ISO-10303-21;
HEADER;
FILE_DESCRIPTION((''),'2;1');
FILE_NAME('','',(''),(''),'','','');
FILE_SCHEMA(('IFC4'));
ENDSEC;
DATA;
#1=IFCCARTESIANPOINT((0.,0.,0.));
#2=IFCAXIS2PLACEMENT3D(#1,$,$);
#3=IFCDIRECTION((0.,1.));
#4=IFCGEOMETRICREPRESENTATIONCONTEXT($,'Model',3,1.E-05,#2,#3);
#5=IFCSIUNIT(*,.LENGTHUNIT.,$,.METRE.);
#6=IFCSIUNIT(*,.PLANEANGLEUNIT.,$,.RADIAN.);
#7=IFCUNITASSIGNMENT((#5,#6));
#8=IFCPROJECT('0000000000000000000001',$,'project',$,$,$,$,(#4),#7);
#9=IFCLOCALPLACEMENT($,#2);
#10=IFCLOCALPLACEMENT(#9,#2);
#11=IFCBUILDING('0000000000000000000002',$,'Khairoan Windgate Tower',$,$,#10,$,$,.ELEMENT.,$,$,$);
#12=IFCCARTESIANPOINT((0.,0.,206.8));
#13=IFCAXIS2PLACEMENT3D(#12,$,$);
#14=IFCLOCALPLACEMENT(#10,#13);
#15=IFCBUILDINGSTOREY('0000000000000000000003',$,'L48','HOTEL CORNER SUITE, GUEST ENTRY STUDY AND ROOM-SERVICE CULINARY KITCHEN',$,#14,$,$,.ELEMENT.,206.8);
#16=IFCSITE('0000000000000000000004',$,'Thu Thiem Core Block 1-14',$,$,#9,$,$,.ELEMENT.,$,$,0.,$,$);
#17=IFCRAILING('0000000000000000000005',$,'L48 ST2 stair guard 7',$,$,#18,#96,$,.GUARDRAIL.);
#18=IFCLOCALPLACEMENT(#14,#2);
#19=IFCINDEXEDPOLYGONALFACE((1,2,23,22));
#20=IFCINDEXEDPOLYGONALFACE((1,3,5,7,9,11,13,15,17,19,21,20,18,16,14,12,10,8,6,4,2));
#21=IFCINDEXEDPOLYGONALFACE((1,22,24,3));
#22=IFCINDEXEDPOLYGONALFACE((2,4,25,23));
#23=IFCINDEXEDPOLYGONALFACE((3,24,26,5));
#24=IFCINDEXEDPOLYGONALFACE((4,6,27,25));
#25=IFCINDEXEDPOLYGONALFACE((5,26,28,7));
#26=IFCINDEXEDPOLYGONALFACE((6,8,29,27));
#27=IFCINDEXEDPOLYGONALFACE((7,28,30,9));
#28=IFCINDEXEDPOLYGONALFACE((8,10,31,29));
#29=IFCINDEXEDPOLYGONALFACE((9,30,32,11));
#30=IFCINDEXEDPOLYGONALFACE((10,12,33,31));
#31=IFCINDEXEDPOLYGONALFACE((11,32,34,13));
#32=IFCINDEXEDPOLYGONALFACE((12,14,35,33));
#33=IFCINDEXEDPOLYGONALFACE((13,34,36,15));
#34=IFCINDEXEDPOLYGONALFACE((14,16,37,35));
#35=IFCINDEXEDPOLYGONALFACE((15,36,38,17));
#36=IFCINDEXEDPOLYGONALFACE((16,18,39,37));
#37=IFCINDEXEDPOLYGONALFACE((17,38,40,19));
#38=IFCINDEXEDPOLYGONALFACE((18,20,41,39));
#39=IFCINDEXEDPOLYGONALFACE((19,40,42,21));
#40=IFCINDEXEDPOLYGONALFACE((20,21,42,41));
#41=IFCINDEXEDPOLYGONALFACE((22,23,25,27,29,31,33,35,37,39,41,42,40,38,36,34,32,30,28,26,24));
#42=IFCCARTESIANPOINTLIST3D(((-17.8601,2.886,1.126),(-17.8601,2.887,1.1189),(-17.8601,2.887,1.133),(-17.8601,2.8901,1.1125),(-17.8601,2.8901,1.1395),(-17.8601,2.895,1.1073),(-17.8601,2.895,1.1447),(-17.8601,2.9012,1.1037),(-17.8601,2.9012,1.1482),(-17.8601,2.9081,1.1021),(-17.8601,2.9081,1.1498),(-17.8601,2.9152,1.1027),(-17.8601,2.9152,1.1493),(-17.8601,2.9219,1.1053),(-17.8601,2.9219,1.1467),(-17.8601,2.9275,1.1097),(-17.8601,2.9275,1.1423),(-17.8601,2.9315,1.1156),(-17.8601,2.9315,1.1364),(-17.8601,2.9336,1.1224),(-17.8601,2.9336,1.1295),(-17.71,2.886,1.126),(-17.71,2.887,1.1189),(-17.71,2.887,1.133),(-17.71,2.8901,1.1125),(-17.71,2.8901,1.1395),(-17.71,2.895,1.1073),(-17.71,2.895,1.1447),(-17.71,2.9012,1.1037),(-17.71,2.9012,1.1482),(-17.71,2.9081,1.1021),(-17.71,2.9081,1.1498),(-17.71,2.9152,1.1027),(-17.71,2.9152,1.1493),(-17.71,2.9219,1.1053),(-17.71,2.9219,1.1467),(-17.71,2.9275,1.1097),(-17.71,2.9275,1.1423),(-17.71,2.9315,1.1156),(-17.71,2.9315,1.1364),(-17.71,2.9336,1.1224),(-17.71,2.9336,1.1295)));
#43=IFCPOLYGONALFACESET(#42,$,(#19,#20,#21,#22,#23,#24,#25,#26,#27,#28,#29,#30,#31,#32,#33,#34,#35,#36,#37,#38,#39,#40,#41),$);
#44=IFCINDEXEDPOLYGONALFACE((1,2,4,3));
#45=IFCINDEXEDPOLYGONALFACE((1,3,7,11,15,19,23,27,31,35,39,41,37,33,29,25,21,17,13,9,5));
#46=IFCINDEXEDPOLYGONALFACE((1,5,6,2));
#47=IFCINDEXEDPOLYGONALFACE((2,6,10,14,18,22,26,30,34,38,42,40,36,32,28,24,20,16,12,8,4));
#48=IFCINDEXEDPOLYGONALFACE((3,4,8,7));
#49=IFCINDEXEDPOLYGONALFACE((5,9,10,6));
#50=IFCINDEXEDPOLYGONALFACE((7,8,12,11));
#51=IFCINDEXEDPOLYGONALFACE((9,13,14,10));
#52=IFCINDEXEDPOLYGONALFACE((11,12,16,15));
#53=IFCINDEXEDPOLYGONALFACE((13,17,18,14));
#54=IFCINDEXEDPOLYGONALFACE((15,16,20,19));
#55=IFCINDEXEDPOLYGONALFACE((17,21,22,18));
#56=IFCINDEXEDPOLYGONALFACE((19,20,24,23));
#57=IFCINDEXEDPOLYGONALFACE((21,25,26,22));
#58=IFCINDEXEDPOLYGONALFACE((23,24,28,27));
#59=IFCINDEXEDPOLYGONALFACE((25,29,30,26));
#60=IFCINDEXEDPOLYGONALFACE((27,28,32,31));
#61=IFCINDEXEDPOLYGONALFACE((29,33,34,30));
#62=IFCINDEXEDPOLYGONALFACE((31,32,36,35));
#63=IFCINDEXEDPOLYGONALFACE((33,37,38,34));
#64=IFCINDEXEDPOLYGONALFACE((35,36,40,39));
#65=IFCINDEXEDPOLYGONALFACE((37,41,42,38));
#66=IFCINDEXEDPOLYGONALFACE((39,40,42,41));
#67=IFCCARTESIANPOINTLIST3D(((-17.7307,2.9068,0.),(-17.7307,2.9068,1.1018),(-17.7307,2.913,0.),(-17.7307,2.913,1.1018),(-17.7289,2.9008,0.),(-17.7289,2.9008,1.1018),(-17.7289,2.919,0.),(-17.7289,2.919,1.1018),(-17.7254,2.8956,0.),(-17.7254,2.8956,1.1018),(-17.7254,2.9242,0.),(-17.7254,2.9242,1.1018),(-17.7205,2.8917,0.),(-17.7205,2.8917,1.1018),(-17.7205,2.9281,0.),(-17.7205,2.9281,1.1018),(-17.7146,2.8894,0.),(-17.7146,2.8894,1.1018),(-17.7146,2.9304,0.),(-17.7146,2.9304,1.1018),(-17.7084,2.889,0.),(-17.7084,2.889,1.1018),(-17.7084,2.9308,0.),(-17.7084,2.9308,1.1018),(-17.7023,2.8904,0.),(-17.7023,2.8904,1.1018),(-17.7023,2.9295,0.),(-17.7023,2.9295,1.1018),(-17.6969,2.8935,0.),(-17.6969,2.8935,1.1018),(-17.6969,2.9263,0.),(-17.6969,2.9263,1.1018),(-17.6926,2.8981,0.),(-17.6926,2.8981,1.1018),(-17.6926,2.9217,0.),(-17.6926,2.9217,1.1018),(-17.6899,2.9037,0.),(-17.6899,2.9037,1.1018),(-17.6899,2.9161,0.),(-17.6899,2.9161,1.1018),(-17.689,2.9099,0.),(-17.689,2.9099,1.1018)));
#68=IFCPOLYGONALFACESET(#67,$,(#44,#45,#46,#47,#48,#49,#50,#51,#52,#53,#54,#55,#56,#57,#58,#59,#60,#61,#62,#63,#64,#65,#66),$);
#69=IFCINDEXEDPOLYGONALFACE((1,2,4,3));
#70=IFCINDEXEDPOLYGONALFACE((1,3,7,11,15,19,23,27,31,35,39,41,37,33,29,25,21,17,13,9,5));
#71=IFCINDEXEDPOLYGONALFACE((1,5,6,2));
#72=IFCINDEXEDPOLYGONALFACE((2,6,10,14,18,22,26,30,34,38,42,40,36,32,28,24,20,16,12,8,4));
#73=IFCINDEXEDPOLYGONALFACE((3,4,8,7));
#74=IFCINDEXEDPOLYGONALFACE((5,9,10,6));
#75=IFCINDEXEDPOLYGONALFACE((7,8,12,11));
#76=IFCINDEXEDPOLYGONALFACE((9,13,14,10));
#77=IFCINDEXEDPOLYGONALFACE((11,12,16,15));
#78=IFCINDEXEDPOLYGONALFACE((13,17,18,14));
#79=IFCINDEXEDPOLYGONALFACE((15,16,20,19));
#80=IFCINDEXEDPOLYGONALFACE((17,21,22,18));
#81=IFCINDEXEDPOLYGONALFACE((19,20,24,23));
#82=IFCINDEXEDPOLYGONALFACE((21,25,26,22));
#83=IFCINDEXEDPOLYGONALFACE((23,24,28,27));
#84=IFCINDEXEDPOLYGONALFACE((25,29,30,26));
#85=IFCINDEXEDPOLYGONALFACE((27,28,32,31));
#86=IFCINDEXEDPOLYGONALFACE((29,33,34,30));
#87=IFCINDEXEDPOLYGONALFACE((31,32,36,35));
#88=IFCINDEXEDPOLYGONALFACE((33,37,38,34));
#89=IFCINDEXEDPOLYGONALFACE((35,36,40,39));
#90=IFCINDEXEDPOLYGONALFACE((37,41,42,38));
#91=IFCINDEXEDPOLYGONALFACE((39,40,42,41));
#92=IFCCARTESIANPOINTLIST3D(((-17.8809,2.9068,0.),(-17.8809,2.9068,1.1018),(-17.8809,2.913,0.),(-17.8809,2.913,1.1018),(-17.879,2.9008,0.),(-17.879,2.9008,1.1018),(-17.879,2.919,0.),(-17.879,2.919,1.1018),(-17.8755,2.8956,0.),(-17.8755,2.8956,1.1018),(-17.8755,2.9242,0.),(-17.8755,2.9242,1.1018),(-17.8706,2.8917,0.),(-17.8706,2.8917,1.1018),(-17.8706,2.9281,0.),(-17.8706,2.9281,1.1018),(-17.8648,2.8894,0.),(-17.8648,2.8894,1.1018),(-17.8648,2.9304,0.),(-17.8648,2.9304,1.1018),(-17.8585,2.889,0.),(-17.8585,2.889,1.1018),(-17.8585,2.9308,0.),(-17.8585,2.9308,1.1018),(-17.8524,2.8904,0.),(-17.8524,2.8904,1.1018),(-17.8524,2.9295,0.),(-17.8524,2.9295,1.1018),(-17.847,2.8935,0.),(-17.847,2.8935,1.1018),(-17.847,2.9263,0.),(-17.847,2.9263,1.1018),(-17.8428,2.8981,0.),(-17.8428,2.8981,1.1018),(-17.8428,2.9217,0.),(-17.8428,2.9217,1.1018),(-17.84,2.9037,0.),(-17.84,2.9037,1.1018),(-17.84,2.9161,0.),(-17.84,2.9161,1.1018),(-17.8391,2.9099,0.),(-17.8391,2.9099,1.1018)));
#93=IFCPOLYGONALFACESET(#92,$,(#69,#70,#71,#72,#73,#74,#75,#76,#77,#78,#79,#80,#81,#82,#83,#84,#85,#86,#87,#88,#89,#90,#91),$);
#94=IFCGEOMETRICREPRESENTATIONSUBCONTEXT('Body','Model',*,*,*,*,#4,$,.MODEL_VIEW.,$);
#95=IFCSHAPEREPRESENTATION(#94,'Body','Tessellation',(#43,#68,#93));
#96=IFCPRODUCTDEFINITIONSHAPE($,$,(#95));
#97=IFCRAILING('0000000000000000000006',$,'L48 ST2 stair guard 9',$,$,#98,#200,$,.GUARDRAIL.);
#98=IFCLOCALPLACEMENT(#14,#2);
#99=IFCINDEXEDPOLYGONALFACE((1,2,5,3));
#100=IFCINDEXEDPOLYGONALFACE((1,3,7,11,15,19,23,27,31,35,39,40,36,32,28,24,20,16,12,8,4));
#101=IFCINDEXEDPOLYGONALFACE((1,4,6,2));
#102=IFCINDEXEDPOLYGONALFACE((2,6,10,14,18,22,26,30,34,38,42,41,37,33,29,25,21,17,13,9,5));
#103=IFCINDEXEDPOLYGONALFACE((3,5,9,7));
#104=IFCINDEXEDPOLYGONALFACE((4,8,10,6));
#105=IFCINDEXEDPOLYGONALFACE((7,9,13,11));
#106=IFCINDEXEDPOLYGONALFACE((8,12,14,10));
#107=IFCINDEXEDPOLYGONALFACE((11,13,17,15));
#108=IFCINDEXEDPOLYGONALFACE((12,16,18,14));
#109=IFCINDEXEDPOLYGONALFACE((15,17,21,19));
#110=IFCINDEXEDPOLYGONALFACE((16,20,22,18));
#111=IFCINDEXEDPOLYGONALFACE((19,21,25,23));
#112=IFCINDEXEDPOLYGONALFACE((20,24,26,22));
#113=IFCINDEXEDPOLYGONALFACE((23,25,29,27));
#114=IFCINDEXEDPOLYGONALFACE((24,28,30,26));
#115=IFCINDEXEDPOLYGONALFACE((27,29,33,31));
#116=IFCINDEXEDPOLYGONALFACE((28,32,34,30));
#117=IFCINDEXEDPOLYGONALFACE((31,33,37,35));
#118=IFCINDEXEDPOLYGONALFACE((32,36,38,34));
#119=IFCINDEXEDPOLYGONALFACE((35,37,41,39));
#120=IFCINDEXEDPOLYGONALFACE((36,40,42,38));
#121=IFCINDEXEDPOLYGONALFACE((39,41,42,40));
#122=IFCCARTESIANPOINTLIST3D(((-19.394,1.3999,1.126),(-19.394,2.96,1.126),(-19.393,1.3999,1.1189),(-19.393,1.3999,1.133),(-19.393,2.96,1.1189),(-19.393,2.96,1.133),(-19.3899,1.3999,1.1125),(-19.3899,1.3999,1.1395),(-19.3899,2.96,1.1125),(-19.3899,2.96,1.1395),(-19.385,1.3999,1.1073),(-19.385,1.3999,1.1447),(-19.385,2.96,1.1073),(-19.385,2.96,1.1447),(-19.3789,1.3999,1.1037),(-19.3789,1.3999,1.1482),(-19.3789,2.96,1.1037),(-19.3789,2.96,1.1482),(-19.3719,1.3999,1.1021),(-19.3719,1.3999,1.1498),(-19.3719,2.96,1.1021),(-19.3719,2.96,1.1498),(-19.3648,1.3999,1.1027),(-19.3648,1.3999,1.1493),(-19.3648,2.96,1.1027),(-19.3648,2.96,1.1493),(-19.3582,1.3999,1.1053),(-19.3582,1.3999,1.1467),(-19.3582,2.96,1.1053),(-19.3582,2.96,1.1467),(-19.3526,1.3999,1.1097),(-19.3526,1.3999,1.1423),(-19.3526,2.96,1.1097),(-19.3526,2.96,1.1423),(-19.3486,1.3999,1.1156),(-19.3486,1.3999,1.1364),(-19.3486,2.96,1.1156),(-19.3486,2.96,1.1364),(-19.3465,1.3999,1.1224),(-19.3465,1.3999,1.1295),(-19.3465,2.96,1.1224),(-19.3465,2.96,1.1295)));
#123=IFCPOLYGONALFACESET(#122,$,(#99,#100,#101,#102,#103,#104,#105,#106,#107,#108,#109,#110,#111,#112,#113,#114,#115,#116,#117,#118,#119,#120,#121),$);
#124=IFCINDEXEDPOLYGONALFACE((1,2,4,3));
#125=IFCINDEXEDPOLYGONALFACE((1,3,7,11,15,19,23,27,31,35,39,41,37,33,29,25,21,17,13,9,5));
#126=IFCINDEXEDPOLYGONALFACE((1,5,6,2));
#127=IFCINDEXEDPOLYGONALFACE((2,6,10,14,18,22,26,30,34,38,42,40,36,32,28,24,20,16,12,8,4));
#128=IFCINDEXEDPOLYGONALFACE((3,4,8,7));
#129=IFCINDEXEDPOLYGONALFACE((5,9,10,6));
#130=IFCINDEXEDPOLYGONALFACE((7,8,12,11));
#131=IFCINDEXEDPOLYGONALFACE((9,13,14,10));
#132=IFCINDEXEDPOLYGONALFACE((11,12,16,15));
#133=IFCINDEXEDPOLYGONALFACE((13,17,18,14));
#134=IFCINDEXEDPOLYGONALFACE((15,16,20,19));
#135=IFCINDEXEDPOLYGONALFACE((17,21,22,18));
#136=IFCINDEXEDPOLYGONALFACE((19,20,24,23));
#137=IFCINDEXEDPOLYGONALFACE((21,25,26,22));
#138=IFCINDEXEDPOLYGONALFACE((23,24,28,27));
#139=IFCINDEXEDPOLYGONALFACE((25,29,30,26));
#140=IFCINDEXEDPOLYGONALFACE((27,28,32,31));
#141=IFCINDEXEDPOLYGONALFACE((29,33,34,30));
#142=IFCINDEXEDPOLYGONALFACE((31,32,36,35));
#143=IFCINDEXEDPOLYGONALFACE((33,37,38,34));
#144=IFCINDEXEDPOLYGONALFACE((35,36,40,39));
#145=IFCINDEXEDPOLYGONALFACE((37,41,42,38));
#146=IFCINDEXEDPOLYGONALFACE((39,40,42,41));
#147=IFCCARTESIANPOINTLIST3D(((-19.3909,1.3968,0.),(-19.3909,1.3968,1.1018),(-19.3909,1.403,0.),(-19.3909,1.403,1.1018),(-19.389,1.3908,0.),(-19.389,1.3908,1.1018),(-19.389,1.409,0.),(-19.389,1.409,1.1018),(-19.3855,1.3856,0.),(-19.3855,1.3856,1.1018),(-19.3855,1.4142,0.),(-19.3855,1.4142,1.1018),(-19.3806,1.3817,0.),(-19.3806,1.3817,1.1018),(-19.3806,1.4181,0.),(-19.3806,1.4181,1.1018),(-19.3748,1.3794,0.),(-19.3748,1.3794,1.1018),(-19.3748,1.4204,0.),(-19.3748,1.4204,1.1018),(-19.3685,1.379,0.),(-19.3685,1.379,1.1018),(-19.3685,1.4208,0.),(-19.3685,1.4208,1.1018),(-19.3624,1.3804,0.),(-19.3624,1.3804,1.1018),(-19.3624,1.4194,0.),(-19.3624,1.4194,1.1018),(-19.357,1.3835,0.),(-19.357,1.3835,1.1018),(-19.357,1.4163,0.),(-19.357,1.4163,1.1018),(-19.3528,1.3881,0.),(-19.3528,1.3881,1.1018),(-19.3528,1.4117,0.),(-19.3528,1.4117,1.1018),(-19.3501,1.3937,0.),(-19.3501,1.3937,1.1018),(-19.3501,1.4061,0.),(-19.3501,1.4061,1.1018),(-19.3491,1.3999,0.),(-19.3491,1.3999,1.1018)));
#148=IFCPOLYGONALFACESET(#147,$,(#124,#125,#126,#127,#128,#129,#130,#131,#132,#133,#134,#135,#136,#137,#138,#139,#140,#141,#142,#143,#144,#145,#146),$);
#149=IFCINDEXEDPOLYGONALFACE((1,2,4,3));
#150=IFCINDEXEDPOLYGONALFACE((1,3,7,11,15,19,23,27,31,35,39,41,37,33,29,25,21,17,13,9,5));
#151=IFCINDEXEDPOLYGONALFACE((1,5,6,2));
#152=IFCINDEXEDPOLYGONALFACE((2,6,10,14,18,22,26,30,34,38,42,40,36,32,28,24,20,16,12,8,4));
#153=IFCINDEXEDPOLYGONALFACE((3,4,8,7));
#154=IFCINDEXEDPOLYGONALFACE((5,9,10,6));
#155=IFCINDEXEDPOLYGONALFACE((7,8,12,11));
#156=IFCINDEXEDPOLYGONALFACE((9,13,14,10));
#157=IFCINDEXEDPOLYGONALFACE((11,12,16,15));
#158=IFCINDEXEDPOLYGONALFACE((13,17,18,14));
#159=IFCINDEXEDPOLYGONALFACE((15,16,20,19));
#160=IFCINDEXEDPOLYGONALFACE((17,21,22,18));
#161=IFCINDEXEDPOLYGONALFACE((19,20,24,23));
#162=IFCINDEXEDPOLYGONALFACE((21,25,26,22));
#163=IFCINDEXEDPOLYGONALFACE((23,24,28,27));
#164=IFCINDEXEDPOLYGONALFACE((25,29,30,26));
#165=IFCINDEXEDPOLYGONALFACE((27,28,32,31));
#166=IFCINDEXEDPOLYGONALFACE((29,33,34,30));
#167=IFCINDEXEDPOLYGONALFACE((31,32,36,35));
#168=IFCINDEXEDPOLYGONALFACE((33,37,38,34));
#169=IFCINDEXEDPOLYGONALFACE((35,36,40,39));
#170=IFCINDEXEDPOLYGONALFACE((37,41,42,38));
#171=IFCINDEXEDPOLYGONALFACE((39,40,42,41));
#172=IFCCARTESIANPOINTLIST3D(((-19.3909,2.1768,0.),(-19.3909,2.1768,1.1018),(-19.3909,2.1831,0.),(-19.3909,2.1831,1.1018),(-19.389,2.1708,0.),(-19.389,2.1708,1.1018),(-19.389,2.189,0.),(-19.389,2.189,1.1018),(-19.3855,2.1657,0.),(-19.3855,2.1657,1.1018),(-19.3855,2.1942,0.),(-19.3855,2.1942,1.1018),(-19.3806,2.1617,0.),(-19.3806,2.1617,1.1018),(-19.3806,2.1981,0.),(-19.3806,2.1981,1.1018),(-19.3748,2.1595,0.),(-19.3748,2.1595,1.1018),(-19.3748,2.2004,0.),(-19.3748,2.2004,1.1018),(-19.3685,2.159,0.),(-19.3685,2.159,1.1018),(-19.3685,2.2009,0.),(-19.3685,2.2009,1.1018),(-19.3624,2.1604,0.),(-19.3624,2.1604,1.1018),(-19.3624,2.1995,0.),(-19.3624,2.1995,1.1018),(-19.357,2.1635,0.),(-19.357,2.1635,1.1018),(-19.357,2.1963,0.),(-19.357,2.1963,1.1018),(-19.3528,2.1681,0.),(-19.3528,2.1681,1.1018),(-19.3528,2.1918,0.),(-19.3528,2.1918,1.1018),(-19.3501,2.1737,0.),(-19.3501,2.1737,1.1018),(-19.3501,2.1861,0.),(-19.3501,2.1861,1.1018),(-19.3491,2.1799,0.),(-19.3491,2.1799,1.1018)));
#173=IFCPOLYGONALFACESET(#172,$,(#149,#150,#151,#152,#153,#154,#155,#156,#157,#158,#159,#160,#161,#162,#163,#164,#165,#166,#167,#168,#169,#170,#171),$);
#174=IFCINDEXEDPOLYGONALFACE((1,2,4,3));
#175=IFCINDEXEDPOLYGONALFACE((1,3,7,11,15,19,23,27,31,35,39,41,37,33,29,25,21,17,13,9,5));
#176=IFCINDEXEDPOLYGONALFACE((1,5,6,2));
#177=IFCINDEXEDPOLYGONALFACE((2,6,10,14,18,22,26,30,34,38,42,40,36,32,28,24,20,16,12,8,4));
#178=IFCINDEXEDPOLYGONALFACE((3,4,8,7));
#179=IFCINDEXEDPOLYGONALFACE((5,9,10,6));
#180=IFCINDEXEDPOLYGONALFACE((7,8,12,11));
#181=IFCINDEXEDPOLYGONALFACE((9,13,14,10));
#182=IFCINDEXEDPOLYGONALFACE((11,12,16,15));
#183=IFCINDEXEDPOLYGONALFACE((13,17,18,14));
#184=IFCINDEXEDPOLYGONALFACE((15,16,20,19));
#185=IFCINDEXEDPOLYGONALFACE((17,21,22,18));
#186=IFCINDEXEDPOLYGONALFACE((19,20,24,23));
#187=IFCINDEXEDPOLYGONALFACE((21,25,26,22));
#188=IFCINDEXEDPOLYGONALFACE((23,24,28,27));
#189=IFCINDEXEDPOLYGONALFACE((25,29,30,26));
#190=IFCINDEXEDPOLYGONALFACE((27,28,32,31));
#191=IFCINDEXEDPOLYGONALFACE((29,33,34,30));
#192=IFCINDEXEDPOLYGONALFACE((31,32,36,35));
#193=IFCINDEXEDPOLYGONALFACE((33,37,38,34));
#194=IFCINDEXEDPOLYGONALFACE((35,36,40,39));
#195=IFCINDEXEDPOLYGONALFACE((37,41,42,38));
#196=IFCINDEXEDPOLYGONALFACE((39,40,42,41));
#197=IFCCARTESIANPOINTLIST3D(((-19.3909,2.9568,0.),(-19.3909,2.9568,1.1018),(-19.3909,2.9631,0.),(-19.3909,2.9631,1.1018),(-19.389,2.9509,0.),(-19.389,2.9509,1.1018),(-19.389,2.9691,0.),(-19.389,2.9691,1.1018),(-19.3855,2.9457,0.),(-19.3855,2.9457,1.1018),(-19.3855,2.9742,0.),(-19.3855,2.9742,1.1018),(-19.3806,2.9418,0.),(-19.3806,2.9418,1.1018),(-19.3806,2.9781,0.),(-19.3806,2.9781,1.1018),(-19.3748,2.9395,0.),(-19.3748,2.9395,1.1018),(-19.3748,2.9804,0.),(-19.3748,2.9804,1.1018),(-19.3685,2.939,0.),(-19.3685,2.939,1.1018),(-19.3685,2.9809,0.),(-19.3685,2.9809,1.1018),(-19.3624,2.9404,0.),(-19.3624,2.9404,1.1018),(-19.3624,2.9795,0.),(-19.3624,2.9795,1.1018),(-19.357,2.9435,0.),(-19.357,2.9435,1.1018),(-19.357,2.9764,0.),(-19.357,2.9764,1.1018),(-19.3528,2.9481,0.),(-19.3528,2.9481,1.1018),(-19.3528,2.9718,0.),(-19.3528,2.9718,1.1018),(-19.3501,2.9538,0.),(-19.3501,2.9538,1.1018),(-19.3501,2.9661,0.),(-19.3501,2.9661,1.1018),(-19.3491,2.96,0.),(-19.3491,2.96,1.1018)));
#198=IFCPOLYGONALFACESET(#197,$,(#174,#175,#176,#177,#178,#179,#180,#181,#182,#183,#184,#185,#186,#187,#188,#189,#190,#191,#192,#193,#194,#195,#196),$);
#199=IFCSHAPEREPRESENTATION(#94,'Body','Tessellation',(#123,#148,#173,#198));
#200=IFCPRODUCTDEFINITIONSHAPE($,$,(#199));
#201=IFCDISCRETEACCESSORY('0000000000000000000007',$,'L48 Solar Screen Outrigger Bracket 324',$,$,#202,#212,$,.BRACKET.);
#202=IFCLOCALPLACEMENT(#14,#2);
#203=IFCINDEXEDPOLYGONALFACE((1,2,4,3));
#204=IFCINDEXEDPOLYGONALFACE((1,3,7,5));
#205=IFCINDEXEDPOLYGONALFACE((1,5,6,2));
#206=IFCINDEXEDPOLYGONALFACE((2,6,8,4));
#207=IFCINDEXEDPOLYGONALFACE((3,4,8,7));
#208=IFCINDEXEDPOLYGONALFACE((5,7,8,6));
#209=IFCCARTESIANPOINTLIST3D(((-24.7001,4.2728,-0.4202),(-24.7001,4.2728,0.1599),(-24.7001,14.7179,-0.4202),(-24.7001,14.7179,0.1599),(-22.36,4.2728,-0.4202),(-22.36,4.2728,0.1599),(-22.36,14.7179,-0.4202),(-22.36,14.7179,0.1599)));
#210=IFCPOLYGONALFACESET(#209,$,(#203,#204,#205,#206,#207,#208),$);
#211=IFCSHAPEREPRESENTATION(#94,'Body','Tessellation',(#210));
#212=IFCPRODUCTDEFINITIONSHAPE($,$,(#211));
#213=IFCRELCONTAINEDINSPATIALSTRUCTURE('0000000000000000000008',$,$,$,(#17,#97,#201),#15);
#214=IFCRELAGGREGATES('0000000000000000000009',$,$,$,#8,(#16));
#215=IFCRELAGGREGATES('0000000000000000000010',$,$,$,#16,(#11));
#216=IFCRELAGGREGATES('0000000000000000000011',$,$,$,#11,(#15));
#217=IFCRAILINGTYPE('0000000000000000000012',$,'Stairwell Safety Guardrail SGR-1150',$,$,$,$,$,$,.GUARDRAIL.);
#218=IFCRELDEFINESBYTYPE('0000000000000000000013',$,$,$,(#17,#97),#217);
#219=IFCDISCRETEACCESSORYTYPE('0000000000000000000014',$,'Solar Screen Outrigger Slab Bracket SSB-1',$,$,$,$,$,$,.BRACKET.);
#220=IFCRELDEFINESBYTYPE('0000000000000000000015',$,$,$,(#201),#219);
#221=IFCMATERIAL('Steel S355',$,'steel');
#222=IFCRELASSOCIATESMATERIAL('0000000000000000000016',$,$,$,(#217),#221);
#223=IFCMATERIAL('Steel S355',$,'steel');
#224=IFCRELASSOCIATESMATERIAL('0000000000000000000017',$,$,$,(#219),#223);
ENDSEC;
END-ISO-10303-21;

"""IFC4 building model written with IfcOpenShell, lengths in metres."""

from ifc_helpers import new_model, si_unit, direction, frame, origin, origin_2d, place, context, subcontext, project, spatial, rectangle, circle, extrude, material, type_object, element, save


model = new_model("IFC4")

# Units and contexts
model_context = context("Model", 3, precision=1e-05, world=origin(), true_north=direction((0.0, 1.0)))
body_context = subcontext(model_context, "Body", "Model", "MODEL_VIEW")
ifc_project = project(units=[si_unit("LENGTHUNIT", "METRE"), si_unit("PLANEANGLEUNIT", "RADIAN")], contexts=[model_context])

# Site, building, storey
site_placement = place(None, origin())
site = spatial("IfcSite", under=ifc_project, at=site_placement, Name="Thu Thiem Core Block 1-14", CompositionType="ELEMENT", RefElevation=0.0)
building_placement = place(site_placement, origin())
building = spatial("IfcBuilding", under=site, at=building_placement, Name="Khairoan Windgate Tower", CompositionType="ELEMENT")
storey_placement = place(building_placement, frame((0.0, 0.0, 206.8)))
storey = spatial("IfcBuildingStorey", under=building, at=storey_placement, Name="L48", Description="HOTEL CORNER SUITE, GUEST ENTRY STUDY AND ROOM-SERVICE CULINARY KITCHEN", CompositionType="ELEMENT", Elevation=206.8)

# Railings
ifc_material_1 = material(Name="Steel S355", Category="steel")
railing_type_1 = type_object("IfcRailingType", Name="Stairwell Safety Guardrail SGR-1150", PredefinedType="GUARDRAIL", material=ifc_material_1)
railing_1_placement = place(storey_placement, frame((-17.71, 2.9099, 0.0)))
element("IfcRailing", 1, at=railing_1_placement, inside=storey, type_object=railing_type_1, Name="L48 ST2 stair guard 7", PredefinedType="GUARDRAIL", context=body_context, shape_type="SweptSolid", body=[
    extrude(circle(Radius=0.0239, at=origin_2d()), frame((0.0, 0.0, 1.126), z_axis=(-1.0, 0.0, 0.0), x_axis=(0.0, -1.0, 0.0)), (0.0, 0.0, 1.0), 0.1501),
    extrude(circle(Radius=0.021, at=origin_2d()), origin(), (0.0, 0.0, 1.0), 1.1018),
    extrude(circle(Radius=0.021, at=origin_2d()), frame((-0.1501, 0.0, 0.0)), (0.0, 0.0, 1.0), 1.1018),
])
railing_2_placement = place(storey_placement, frame((-19.3701, 1.3999, 0.0)))
element("IfcRailing", 2, at=railing_2_placement, inside=storey, type_object=railing_type_1, Name="L48 ST2 stair guard 9", PredefinedType="GUARDRAIL", context=body_context, shape_type="SweptSolid", body=[
    extrude(circle(Radius=0.0239, at=origin_2d()), frame((0.0, 0.0, 1.126), z_axis=(0.0, 1.0, 0.0), x_axis=(-1.0, 0.0, 0.0)), (0.0, 0.0, 1.0), 1.5601),
    extrude(circle(Radius=0.021, at=origin_2d()), origin(), (0.0, 0.0, 1.0), 1.1018),
    extrude(circle(Radius=0.021, at=origin_2d()), frame((0.0, 0.78, 0.0)), (0.0, 0.0, 1.0), 1.1018),
    extrude(circle(Radius=0.021, at=origin_2d()), frame((0.0, 1.5601, 0.0)), (0.0, 0.0, 1.0), 1.1018),
])

# Discrete accessory
ifc_material_2 = material(Name="Steel S355", Category="steel")
discrete_accessory_type = type_object("IfcDiscreteAccessoryType", Name="Solar Screen Outrigger Slab Bracket SSB-1", PredefinedType="BRACKET", material=ifc_material_2)
discrete_accessory_placement = place(storey_placement, frame((-23.53, 9.4954, -0.4202), z_axis=(0.0, 0.0, 1.0), x_axis=(0.0, 1.0, 0.0)))
element("IfcDiscreteAccessory", 3, at=discrete_accessory_placement, inside=storey, type_object=discrete_accessory_type, Name="L48 Solar Screen Outrigger Bracket 324", PredefinedType="BRACKET", context=body_context, shape_type="SweptSolid", body=[
    extrude(rectangle(XDim=10.4451, YDim=2.3401, at=origin_2d()), origin(), (0.0, 0.0, 1.0), 0.5801),
])

save(model, "model.ifc")
